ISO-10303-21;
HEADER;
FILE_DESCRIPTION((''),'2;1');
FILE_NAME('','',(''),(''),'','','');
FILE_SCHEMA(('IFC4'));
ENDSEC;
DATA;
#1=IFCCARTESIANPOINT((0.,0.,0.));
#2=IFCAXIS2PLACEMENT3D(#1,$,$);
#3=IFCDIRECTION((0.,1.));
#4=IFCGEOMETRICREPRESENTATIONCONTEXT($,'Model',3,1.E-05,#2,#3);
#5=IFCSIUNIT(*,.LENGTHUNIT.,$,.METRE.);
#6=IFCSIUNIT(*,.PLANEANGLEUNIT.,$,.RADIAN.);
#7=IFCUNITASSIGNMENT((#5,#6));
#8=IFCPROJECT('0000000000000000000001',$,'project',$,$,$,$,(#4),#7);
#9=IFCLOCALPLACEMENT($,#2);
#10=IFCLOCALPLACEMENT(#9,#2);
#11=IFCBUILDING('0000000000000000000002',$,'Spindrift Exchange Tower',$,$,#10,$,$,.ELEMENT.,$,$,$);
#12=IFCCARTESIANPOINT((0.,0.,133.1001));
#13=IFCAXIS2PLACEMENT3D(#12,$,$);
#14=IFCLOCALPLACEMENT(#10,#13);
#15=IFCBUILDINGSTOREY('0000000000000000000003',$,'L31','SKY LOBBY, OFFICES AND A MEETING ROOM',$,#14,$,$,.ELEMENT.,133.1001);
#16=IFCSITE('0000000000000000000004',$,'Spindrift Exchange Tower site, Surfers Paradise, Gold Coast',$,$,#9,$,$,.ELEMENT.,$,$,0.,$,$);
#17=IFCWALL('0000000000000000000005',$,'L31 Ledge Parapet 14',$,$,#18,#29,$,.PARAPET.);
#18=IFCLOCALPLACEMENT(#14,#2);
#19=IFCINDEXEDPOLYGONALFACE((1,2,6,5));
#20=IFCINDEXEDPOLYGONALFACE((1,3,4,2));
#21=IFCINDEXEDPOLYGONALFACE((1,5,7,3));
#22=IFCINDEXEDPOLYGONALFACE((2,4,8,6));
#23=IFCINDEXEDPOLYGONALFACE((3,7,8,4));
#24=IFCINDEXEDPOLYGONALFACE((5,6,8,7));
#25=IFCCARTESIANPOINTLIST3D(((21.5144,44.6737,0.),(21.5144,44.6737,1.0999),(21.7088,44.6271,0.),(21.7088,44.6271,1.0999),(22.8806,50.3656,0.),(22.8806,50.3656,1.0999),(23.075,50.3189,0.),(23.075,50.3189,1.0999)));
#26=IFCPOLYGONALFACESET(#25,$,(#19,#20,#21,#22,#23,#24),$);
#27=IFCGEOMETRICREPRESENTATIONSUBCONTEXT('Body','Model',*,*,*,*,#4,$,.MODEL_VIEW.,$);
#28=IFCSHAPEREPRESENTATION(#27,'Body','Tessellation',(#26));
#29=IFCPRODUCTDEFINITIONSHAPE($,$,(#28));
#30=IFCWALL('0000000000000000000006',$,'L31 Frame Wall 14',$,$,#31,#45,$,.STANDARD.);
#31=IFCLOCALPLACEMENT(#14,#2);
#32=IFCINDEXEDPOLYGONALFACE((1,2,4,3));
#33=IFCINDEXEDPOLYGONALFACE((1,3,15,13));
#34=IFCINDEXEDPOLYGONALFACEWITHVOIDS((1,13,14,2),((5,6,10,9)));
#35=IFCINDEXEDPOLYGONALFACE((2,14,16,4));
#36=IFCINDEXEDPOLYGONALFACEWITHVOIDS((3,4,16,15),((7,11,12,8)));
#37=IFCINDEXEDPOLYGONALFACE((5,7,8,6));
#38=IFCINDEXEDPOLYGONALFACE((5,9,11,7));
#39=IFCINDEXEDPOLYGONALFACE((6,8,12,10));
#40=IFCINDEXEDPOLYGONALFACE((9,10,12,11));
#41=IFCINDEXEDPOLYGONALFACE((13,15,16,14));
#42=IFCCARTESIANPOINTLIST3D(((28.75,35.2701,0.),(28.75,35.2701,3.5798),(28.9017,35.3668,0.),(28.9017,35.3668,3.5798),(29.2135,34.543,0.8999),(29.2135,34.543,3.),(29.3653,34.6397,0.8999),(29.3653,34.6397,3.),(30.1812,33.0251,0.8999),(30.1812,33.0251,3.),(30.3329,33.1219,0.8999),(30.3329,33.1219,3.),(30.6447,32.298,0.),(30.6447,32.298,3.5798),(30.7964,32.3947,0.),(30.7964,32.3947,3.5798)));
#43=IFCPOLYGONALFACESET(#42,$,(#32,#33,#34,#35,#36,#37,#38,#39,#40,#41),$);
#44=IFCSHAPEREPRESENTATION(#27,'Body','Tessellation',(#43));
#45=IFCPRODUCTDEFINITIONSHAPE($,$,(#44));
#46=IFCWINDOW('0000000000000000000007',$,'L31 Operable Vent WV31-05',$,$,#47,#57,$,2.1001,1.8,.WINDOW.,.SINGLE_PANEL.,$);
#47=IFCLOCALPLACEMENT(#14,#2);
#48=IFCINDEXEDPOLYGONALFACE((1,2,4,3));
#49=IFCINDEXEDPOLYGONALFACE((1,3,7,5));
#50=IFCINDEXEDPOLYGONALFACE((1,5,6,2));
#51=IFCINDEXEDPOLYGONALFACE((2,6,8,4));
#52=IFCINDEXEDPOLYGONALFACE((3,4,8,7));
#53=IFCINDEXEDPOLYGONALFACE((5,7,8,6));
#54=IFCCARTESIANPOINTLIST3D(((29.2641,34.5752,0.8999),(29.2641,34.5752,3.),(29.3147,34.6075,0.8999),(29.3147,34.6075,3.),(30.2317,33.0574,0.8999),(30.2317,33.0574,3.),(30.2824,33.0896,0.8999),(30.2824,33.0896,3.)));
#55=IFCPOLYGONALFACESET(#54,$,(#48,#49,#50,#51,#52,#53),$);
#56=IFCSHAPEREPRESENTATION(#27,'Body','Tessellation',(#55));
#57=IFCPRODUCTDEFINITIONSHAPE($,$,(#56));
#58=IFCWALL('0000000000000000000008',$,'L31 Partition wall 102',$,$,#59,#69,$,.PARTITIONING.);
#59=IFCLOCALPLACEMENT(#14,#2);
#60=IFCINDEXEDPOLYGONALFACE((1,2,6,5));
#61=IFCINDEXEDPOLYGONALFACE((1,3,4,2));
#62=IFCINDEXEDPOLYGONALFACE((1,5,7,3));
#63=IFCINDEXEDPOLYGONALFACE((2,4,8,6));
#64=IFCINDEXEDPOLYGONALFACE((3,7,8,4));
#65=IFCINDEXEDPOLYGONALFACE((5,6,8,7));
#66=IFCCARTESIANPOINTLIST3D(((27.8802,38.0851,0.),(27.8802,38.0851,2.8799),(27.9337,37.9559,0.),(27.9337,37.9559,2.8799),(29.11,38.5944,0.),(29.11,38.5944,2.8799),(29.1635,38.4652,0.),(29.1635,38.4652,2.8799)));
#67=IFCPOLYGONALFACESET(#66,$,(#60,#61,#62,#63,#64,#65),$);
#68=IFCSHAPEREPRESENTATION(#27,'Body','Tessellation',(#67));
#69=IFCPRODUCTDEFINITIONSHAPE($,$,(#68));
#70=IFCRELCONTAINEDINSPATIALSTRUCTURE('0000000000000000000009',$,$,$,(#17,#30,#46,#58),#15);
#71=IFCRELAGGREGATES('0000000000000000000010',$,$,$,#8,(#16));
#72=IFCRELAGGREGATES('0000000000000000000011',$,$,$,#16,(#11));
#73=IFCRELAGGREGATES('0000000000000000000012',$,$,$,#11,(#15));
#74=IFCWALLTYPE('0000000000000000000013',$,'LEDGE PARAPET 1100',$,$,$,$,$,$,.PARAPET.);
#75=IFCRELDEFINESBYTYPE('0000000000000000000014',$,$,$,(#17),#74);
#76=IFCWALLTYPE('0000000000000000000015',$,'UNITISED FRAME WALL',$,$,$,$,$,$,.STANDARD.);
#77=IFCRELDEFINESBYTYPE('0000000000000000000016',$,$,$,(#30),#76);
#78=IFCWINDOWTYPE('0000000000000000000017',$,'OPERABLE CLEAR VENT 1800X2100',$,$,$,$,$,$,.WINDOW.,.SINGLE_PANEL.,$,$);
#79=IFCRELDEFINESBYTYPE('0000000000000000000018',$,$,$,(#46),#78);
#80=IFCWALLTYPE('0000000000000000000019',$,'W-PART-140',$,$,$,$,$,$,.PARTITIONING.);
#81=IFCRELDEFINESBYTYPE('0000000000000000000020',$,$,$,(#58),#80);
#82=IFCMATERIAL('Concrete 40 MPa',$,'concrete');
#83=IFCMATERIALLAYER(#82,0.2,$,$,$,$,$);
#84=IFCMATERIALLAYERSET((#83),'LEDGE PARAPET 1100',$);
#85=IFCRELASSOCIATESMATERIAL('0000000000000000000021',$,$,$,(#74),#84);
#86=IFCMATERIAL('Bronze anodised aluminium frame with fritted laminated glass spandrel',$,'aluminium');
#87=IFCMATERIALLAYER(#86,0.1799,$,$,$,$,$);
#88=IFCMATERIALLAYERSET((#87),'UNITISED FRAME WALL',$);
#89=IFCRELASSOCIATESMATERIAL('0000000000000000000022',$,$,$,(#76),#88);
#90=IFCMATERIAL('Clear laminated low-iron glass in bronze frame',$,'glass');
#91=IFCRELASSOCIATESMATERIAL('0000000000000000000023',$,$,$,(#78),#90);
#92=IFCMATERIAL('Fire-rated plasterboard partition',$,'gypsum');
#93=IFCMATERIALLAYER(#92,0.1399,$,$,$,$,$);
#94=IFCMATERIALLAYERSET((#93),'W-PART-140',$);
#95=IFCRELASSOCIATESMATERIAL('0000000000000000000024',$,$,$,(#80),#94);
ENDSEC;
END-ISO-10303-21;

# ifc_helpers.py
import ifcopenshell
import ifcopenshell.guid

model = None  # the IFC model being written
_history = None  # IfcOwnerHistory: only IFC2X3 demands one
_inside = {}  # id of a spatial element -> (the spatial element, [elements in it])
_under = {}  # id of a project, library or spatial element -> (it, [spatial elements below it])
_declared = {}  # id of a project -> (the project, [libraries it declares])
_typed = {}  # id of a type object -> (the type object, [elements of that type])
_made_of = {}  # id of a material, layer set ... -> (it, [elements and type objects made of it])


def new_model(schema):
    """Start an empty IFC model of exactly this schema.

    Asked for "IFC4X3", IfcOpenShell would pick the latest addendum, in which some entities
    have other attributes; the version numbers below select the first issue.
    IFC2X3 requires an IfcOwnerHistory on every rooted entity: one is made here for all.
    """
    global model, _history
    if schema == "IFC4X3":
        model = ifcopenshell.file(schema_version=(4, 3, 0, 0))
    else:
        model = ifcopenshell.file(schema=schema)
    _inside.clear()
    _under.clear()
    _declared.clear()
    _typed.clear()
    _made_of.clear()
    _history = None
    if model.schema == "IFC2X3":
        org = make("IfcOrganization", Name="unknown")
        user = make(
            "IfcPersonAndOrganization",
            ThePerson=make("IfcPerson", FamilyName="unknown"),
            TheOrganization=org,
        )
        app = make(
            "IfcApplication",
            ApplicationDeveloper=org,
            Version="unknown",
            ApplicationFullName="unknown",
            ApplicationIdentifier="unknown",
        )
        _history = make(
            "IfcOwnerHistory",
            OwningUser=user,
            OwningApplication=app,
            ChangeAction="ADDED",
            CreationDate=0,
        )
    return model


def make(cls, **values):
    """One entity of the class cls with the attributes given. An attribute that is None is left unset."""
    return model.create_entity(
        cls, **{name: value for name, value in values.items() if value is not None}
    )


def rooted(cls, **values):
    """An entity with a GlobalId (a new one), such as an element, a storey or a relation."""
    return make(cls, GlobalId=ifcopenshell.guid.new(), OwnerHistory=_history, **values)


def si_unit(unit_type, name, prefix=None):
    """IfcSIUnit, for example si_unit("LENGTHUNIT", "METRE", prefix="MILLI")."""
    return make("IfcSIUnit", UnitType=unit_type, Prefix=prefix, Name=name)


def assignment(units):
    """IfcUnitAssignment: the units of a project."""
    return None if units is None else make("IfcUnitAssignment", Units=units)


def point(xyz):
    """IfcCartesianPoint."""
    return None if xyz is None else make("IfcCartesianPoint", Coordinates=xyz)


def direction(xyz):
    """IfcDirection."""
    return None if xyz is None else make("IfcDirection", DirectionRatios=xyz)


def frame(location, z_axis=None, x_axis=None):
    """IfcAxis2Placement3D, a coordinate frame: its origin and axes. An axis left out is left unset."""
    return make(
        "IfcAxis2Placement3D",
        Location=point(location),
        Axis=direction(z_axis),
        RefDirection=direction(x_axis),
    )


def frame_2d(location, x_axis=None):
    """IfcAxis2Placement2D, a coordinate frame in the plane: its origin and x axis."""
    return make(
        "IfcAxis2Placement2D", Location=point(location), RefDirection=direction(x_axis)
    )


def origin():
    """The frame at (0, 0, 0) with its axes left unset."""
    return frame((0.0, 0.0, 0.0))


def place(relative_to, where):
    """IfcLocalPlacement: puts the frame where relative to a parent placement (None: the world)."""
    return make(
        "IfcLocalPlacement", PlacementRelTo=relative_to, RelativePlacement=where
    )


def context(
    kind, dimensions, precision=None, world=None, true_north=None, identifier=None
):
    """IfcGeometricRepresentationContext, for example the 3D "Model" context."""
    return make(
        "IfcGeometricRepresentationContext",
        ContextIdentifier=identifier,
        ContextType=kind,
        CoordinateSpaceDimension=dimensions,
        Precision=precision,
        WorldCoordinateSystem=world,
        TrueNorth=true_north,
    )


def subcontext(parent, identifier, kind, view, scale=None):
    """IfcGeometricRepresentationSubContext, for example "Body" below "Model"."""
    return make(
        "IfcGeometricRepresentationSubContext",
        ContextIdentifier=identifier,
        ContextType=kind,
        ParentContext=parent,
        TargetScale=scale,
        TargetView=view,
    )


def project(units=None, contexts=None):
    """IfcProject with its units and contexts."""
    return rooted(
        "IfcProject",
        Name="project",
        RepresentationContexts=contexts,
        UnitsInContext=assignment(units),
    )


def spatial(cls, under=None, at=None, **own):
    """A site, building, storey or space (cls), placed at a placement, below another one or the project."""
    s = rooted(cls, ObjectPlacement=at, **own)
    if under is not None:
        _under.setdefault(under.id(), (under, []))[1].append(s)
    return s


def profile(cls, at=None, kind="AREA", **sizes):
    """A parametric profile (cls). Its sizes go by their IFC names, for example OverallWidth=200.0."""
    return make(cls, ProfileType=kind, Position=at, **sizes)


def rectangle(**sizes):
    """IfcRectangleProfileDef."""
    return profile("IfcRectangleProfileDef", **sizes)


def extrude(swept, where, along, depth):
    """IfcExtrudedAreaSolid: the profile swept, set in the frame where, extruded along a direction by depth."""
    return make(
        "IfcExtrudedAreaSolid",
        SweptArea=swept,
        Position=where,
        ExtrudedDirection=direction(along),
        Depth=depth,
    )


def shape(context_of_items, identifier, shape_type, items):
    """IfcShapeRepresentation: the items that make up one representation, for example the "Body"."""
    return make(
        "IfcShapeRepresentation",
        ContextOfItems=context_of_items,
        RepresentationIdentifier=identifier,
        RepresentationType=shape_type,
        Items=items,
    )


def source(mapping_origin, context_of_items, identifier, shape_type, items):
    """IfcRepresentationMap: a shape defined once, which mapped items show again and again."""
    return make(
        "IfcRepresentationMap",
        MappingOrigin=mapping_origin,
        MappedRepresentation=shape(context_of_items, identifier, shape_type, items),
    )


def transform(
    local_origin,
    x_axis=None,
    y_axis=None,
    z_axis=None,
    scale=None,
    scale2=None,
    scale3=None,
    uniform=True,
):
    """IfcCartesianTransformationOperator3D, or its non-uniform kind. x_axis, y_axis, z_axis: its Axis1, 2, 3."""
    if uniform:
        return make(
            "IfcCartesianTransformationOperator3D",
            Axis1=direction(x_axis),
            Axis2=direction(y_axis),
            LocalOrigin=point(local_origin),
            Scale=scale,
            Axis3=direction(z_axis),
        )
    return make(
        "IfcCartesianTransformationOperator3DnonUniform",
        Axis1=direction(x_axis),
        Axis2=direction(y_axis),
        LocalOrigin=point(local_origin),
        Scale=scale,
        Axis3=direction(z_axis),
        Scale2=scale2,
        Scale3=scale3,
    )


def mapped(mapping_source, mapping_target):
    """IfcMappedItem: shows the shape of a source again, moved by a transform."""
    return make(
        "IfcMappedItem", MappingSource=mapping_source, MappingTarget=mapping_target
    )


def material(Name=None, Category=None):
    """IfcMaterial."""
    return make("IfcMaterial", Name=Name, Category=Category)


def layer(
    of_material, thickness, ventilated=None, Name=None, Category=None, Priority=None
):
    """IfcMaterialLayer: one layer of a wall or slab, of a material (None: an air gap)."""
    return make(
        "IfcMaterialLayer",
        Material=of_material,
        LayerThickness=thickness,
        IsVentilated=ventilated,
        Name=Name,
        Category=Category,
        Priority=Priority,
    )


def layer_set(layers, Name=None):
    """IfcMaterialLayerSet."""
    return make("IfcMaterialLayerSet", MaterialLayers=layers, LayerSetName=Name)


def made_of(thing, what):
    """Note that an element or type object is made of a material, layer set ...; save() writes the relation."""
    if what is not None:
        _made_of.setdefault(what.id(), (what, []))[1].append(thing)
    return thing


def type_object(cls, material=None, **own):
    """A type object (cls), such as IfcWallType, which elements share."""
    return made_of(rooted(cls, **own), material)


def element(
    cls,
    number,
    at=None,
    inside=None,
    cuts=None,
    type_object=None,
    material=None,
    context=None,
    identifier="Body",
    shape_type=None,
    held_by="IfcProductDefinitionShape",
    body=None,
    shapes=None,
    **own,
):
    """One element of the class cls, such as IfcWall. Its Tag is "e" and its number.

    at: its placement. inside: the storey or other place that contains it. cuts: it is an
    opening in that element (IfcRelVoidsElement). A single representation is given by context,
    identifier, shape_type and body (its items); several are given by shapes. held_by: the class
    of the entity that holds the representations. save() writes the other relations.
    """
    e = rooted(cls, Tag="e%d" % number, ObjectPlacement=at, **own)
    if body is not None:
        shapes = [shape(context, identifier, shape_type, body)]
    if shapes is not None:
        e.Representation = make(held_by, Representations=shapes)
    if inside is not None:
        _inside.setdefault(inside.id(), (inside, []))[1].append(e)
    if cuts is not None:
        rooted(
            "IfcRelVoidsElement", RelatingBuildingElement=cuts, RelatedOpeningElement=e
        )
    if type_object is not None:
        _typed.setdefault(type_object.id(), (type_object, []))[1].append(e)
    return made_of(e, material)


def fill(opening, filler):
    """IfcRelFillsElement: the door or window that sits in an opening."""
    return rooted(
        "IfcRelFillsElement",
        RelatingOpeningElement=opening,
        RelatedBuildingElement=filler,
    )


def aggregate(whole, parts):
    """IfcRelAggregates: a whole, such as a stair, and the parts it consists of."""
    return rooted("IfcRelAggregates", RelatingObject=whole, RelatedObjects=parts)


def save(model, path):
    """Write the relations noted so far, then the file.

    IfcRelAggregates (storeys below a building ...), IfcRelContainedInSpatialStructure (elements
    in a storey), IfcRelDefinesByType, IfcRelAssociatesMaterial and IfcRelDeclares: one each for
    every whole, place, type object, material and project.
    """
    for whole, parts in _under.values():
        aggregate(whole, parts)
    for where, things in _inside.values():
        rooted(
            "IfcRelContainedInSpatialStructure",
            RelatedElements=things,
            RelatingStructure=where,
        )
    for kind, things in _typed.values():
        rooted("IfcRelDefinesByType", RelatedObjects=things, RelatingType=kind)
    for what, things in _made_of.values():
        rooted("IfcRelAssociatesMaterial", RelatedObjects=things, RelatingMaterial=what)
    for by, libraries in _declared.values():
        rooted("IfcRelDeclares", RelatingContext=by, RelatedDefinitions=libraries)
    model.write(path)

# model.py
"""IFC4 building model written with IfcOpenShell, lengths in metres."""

from ifc_helpers import new_model, si_unit, direction, frame, frame_2d, origin, place, context, subcontext, project, spatial, rectangle, extrude, source, transform, mapped, material, layer, layer_set, type_object, element, fill, save


model = new_model("IFC4")

# Units and contexts
model_context = context("Model", 3, precision=1e-05, world=origin(), true_north=direction((0.0, 1.0)))
body_context = subcontext(model_context, "Body", "Model", "MODEL_VIEW")
ifc_project = project(units=[si_unit("LENGTHUNIT", "METRE"), si_unit("PLANEANGLEUNIT", "RADIAN")], contexts=[model_context])

# Site, building, storey
site_placement = place(None, origin())
site = spatial("IfcSite", under=ifc_project, at=site_placement, Name="Spindrift Exchange Tower site, Surfers Paradise, Gold Coast", CompositionType="ELEMENT", RefElevation=0.0)
building_placement = place(site_placement, origin())
building = spatial("IfcBuilding", under=site, at=building_placement, Name="Spindrift Exchange Tower", CompositionType="ELEMENT")
storey_placement = place(building_placement, frame((0.0, 0.0, 133.1001)))
storey = spatial("IfcBuildingStorey", under=building, at=storey_placement, Name="L31", Description="SKY LOBBY, OFFICES AND A MEETING ROOM", CompositionType="ELEMENT", Elevation=133.1001)

# Wall
ifc_material_1 = material(Name="Concrete 40 MPa", Category="concrete")
ifc_layer_1 = layer(ifc_material_1, 0.2)
ifc_layer_set_1 = layer_set([ifc_layer_1], Name="LEDGE PARAPET 1100")
wall_type_1 = type_object("IfcWallType", Name="LEDGE PARAPET 1100", PredefinedType="PARAPET", material=ifc_layer_set_1)
wall_1_placement = place(storey_placement, frame((21.6116, 44.6504, 0.0), z_axis=(0.0, 0.0, 1.0), x_axis=(0.233398, 0.972381, 0.0)))
element("IfcWall", 1, at=wall_1_placement, inside=storey, type_object=wall_type_1, Name="L31 Ledge Parapet 14", PredefinedType="PARAPET", context=body_context, shape_type="SweptSolid", body=[
    extrude(rectangle(XDim=5.8535, YDim=0.2, at=frame_2d((2.9268, 0.0))), origin(), (0.0, 0.0, 1.0), 1.0999),
])

# Wall, opening, window
ifc_material_2 = material(Name="Bronze anodised aluminium frame with fritted laminated glass spandrel", Category="aluminium")
ifc_layer_2 = layer(ifc_material_2, 0.1799)
ifc_layer_set_2 = layer_set([ifc_layer_2], Name="UNITISED FRAME WALL")
wall_type_2 = type_object("IfcWallType", Name="UNITISED FRAME WALL", PredefinedType="STANDARD", material=ifc_layer_set_2)
wall_2_placement = place(storey_placement, frame((28.8259, 35.3184, 0.0), z_axis=(0.0, 0.0, 1.0), x_axis=(0.537561, -0.843225, 0.0)))
wall_2 = element("IfcWall", 2, at=wall_2_placement, inside=storey, type_object=wall_type_2, Name="L31 Frame Wall 14", PredefinedType="STANDARD", context=body_context, shape_type="SweptSolid", body=[
    extrude(rectangle(XDim=3.5247, YDim=0.1799, at=frame_2d((1.7622, 0.0))), origin(), (0.0, 0.0, 1.0), 3.5798),
])
opening_placement = place(wall_2_placement, frame((0.8623, 0.0, 0.8999)))
opening = element("IfcOpeningElement", 3, at=opening_placement, cuts=wall_2, PredefinedType="OPENING", context=body_context, shape_type="SweptSolid", body=[
    extrude(rectangle(XDim=1.8, YDim=2.1001, at=frame_2d((0.8999, 1.05))), frame((0.0, 0.0999, 0.0), z_axis=(0.0, -1.0, 0.0), x_axis=(1.0, 0.0, 0.0)), (0.0, 0.0, 1.0), 0.2),
])
ifc_material_3 = material(Name="Clear laminated low-iron glass in bronze frame", Category="glass")
window_type = type_object("IfcWindowType", Name="OPERABLE CLEAR VENT 1800X2100", PartitioningType="SINGLE_PANEL", PredefinedType="WINDOW", material=ifc_material_3)
shared_shape_1 = source(origin(), body_context, "Body", "SweptSolid", [
    extrude(rectangle(XDim=1.8, YDim=2.1001, at=frame_2d((0.8999, 1.05))), frame((0.0, 0.03, 0.0), z_axis=(0.0, -1.0, 0.0), x_axis=(1.0, 0.0, 0.0)), (0.0, 0.0, 1.0), 0.0601),
])
window_placement = place(opening_placement, origin())
window = element("IfcWindow", 4, at=window_placement, inside=storey, type_object=window_type, Name="L31 Operable Vent WV31-05", OverallHeight=2.1001, OverallWidth=1.8, PartitioningType="SINGLE_PANEL", PredefinedType="WINDOW", context=body_context, shape_type="MappedRepresentation", body=[
    mapped(shared_shape_1, transform((0.0, 0.0, 0.0), scale=1.0)),
])
fill(opening, window)

# Wall
ifc_material_4 = material(Name="Fire-rated plasterboard partition", Category="gypsum")
ifc_layer_3 = layer(ifc_material_4, 0.1399)
ifc_layer_set_3 = layer_set([ifc_layer_3], Name="W-PART-140")
wall_type_3 = type_object("IfcWallType", Name="W-PART-140", PredefinedType="PARTITIONING", material=ifc_layer_set_3)
wall_3_placement = place(storey_placement, frame((29.1367, 38.5298, 0.0), z_axis=(0.0, 0.0, 1.0), x_axis=(-0.923905, -0.382622, 0.0)))
element("IfcWall", 5, at=wall_3_placement, inside=storey, type_object=wall_type_3, Name="L31 Partition wall 102", PredefinedType="PARTITIONING", context=body_context, shape_type="SweptSolid", body=[
    extrude(rectangle(XDim=1.3311, YDim=0.1399, at=frame_2d((0.6655, 0.0))), origin(), (0.0, 0.0, 1.0), 2.8799),
])

save(model, "model.ifc")
